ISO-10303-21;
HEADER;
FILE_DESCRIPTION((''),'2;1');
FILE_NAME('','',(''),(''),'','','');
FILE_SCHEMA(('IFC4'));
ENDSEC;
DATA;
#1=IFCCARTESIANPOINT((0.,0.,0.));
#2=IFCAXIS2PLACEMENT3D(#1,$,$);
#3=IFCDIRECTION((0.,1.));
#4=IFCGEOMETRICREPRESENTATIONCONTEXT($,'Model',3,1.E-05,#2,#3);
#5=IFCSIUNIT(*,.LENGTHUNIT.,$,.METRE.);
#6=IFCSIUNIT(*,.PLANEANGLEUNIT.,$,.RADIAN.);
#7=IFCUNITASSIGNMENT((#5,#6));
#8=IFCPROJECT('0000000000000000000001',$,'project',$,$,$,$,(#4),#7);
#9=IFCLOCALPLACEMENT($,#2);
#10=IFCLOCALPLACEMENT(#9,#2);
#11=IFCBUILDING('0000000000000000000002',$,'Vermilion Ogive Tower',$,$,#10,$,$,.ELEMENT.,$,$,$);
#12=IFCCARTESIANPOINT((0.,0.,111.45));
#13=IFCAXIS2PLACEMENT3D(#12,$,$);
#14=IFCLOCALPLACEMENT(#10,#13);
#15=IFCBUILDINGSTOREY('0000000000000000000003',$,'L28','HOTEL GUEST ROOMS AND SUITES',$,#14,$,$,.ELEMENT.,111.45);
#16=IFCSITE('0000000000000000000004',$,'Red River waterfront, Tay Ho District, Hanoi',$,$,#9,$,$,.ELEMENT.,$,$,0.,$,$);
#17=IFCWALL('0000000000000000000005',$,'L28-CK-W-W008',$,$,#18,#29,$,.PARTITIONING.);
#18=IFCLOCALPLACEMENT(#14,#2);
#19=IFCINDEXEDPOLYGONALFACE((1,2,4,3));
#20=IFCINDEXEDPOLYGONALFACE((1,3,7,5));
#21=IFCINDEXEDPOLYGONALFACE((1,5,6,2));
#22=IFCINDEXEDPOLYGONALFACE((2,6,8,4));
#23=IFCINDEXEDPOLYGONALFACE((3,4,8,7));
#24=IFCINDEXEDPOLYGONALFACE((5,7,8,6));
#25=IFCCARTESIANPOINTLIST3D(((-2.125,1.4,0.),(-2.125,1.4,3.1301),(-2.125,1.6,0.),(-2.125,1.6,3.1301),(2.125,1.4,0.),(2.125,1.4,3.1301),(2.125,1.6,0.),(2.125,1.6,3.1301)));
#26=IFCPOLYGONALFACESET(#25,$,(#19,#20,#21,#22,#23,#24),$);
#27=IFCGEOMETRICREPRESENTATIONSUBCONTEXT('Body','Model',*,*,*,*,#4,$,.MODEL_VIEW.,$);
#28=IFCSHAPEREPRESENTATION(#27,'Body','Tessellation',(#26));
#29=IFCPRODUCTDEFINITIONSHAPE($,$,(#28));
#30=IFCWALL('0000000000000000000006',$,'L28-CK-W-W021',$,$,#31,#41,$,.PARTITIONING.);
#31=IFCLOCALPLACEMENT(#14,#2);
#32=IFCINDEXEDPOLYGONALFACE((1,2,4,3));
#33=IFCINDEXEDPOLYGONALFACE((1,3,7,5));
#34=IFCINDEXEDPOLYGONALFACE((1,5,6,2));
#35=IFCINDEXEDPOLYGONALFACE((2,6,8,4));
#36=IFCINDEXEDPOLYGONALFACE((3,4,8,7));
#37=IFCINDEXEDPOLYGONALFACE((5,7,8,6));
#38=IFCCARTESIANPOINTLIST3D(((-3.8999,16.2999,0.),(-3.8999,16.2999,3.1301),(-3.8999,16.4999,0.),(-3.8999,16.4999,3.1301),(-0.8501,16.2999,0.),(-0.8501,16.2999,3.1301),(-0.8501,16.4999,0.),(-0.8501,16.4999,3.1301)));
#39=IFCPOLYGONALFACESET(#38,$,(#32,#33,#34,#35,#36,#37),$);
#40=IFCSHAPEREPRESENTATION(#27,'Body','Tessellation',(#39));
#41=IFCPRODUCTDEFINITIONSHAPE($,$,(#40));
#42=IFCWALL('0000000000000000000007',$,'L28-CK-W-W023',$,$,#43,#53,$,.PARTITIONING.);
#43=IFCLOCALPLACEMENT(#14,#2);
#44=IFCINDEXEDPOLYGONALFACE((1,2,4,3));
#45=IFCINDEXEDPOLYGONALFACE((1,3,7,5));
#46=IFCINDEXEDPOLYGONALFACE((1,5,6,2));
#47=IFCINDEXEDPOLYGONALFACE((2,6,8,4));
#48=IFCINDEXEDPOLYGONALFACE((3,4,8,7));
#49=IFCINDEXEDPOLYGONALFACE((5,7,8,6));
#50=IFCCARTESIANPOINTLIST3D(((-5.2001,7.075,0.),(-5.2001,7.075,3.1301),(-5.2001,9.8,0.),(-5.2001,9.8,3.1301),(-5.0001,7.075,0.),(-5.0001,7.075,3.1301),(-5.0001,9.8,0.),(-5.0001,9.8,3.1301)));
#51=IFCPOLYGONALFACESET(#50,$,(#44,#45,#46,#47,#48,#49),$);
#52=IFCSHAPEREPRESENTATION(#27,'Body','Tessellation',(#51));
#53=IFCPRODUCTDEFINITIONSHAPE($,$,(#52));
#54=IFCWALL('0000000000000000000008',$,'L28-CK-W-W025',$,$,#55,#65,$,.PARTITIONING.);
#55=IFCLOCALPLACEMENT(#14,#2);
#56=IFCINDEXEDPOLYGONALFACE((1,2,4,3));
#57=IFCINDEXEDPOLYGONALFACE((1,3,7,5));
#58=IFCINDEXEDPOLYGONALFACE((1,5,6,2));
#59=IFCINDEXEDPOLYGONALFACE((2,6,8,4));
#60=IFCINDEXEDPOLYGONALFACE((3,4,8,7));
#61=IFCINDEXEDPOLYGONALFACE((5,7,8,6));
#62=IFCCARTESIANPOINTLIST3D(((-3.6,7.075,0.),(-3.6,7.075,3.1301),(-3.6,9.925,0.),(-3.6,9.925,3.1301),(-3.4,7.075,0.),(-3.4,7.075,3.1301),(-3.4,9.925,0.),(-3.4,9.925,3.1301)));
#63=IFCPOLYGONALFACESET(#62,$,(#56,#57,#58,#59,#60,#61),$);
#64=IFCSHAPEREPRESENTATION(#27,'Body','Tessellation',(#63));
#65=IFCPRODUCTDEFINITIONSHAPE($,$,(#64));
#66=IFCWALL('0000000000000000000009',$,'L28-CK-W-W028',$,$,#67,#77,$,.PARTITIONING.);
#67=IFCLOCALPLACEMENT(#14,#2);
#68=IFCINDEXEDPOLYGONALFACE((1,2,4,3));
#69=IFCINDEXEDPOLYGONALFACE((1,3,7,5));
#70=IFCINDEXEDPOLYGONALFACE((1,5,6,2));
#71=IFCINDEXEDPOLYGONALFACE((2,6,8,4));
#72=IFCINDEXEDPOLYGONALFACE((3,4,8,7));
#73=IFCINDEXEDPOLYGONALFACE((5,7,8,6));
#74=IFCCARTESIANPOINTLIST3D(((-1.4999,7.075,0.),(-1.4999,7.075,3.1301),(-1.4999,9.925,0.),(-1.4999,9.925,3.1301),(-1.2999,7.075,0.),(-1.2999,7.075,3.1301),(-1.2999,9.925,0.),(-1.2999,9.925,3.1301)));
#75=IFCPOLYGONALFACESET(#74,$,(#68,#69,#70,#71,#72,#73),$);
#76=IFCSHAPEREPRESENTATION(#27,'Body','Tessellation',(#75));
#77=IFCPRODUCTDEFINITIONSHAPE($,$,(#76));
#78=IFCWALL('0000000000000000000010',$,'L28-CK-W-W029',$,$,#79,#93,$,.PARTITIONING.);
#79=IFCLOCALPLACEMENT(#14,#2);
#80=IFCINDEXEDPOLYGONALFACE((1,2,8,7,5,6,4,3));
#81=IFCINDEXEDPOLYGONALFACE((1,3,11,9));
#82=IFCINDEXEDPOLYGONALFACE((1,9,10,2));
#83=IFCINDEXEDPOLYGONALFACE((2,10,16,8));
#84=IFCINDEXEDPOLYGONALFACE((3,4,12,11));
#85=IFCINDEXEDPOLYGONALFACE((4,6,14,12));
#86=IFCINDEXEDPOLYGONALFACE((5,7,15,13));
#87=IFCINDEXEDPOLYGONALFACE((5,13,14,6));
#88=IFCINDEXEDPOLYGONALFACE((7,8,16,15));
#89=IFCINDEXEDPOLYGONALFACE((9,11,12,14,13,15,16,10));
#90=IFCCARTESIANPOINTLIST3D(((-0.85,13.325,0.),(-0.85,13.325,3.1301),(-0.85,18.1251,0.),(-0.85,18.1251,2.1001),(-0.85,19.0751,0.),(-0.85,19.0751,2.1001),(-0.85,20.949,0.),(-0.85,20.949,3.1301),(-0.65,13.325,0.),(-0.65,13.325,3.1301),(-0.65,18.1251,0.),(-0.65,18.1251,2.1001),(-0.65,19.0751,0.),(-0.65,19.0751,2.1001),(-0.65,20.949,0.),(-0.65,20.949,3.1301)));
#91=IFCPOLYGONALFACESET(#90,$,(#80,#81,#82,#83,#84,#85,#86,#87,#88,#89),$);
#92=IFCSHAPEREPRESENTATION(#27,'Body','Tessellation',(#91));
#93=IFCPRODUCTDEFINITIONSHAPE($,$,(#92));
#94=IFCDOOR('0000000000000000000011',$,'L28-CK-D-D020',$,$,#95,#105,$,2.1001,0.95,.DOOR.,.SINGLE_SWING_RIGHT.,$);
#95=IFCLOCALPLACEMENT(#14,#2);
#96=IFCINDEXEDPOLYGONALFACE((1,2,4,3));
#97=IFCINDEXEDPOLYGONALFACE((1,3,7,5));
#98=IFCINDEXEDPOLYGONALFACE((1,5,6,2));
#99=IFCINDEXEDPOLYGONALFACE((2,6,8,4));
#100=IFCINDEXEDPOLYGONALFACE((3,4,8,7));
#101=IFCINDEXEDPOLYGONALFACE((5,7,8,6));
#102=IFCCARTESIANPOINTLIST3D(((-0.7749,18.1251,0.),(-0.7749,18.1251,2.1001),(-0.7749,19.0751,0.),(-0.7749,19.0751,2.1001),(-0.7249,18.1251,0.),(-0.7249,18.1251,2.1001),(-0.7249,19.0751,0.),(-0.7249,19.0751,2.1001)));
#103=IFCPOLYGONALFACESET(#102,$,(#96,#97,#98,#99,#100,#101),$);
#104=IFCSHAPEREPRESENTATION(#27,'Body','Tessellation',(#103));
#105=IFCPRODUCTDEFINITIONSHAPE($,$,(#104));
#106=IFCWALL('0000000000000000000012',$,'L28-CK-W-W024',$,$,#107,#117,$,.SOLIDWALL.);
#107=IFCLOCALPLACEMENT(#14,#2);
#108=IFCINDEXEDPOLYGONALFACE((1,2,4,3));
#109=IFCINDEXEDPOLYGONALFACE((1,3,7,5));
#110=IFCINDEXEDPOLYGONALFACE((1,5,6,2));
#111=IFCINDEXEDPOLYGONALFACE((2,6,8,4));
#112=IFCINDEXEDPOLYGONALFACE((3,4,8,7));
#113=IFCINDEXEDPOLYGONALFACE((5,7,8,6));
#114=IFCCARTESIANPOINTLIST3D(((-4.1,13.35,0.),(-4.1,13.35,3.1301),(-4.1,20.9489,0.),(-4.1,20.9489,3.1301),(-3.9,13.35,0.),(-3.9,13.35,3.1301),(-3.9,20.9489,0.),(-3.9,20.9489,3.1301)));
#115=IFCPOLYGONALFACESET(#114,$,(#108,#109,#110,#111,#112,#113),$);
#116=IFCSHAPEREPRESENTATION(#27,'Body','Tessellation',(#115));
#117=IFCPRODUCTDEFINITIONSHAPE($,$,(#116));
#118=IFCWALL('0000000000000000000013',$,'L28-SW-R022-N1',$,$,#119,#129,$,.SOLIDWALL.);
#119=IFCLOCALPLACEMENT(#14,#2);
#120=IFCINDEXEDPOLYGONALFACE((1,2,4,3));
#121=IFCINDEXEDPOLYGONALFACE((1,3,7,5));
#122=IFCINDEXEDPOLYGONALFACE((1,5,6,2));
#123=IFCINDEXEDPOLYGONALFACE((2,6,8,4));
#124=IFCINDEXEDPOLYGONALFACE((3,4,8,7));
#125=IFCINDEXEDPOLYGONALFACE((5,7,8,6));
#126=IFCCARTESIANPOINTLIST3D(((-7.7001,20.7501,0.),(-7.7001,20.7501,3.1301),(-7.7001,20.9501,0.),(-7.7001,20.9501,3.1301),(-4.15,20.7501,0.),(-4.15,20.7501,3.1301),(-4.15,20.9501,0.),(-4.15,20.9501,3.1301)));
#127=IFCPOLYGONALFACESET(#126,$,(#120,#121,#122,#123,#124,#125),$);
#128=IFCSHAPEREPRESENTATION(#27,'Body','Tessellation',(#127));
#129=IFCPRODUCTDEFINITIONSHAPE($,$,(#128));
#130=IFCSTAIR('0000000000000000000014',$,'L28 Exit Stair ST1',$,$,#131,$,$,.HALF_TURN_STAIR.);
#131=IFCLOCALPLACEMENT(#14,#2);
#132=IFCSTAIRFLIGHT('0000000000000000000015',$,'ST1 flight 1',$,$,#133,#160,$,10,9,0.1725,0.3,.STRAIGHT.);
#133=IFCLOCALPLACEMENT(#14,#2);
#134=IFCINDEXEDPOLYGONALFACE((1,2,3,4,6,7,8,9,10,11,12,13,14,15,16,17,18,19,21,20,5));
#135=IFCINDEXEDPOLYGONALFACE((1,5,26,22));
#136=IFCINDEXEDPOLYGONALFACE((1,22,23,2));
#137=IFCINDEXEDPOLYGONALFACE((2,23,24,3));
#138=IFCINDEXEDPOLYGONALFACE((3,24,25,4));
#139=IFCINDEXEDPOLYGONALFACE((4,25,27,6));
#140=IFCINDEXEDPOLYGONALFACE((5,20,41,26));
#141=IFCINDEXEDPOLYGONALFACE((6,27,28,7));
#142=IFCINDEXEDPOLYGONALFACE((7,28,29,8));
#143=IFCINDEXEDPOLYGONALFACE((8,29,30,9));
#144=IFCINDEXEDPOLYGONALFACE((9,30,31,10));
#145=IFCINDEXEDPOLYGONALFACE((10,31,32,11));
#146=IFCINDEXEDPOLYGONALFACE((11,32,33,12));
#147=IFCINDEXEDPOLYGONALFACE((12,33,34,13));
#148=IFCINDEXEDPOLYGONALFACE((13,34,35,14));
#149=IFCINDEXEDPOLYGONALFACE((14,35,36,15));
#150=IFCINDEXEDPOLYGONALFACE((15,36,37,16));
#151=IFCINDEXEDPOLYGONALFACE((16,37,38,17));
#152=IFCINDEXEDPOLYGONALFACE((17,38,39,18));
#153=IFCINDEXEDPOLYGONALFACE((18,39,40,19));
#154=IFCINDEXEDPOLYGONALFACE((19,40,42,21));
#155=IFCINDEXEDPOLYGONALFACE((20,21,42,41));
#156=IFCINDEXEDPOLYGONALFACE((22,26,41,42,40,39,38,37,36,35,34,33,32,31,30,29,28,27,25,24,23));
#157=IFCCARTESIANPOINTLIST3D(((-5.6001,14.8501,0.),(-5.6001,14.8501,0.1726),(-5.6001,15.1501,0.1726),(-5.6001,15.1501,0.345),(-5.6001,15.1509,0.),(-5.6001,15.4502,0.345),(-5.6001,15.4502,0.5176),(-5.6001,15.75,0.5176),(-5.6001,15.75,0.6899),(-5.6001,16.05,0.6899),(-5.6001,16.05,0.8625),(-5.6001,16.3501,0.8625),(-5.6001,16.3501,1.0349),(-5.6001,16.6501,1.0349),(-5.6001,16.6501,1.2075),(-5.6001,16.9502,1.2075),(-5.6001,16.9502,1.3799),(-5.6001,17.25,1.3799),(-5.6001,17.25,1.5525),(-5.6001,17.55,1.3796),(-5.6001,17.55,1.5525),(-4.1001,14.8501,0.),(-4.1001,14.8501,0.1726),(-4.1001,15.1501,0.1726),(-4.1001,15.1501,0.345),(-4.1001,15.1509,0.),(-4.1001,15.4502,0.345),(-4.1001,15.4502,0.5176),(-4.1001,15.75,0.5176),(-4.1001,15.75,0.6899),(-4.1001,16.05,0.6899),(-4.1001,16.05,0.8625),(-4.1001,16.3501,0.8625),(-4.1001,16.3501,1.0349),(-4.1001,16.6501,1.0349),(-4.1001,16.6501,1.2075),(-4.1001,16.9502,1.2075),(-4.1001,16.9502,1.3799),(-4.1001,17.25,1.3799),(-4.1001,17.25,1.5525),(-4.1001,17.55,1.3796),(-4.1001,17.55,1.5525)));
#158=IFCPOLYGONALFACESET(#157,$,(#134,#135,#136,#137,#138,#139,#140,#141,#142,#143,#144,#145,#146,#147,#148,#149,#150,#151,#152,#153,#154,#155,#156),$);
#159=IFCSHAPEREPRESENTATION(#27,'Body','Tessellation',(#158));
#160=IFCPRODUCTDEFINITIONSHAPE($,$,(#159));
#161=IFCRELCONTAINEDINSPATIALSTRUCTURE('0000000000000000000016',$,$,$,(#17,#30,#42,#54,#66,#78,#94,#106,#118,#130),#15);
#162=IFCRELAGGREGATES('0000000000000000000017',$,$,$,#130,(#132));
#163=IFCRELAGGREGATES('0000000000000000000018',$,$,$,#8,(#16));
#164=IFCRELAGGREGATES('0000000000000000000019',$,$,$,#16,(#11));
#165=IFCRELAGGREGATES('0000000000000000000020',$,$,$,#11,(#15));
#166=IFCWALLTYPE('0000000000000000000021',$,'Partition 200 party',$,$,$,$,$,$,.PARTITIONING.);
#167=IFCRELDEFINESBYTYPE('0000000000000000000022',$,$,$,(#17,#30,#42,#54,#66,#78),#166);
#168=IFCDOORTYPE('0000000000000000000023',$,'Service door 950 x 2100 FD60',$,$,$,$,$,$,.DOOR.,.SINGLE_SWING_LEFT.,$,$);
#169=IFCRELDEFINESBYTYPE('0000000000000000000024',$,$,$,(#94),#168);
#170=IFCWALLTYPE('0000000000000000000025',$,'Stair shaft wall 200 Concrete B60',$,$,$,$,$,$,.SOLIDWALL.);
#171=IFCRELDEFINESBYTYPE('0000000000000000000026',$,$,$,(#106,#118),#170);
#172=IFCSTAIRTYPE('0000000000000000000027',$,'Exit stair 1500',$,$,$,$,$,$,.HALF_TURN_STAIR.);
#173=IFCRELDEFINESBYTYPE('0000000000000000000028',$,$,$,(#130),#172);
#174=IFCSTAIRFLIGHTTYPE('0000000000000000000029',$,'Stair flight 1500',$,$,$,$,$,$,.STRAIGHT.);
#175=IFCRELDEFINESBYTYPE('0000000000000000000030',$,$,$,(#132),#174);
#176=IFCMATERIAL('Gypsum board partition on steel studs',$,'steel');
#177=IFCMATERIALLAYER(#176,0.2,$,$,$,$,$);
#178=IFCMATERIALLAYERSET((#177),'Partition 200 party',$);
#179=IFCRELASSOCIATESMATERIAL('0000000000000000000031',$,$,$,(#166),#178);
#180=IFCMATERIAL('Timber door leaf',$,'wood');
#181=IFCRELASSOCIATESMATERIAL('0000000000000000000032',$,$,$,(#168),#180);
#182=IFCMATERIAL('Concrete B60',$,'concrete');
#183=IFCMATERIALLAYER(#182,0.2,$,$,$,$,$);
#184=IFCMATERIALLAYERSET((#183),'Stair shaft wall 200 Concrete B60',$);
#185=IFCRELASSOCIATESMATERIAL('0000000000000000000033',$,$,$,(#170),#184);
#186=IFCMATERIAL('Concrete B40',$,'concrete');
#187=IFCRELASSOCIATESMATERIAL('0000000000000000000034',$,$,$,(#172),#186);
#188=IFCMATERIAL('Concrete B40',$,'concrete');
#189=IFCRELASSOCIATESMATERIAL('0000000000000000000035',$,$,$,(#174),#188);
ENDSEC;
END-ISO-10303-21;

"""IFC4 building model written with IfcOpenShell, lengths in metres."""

from ifc_helpers import new_model, si_unit, direction, frame, frame_2d, origin, place, context, subcontext, project, spatial, polyline, rectangle, outline, extrude, material, layer, layer_set, type_object, element, fill, aggregate, save


model = new_model("IFC4")

# Units and contexts
model_context = context("Model", 3, precision=1e-05, world=origin(), true_north=direction((0.0, 1.0)))
body_context = subcontext(model_context, "Body", "Model", "MODEL_VIEW")
ifc_project = project(units=[si_unit("LENGTHUNIT", "METRE"), si_unit("PLANEANGLEUNIT", "RADIAN")], contexts=[model_context])

# Site, building, storey
site_placement = place(None, origin())
site = spatial("IfcSite", under=ifc_project, at=site_placement, Name="Red River waterfront, Tay Ho District, Hanoi", CompositionType="ELEMENT", RefElevation=0.0)
building_placement = place(site_placement, origin())
building = spatial("IfcBuilding", under=site, at=building_placement, Name="Vermilion Ogive Tower", CompositionType="ELEMENT")
storey_placement = place(building_placement, frame((0.0, 0.0, 111.45)))
storey = spatial("IfcBuildingStorey", under=building, at=storey_placement, Name="L28", Description="HOTEL GUEST ROOMS AND SUITES", CompositionType="ELEMENT", Elevation=111.45)

# Walls
ifc_material_1 = material(Name="Gypsum board partition on steel studs", Category="steel")
ifc_layer_1 = layer(ifc_material_1, 0.2)
ifc_layer_set_1 = layer_set([ifc_layer_1], Name="Partition 200 party")
wall_type_1 = type_object("IfcWallType", Name="Partition 200 party", PredefinedType="PARTITIONING", material=ifc_layer_set_1)
wall_1_placement = place(storey_placement, frame((-2.125, 1.5, 0.0), z_axis=(0.0, 0.0, 1.0), x_axis=(1.0, 0.0, 0.0)))
element("IfcWall", 1, at=wall_1_placement, inside=storey, type_object=wall_type_1, Name="L28-CK-W-W008", PredefinedType="PARTITIONING", context=body_context, shape_type="SweptSolid", body=[
    extrude(rectangle(XDim=4.25, YDim=0.2, at=frame_2d((2.125, 0.0))), origin(), (0.0, 0.0, 1.0), 3.1301),
])
wall_2_placement = place(storey_placement, frame((-3.8999, 16.3999, 0.0), z_axis=(0.0, 0.0, 1.0), x_axis=(1.0, 0.0, 0.0)))
element("IfcWall", 2, at=wall_2_placement, inside=storey, type_object=wall_type_1, Name="L28-CK-W-W021", PredefinedType="PARTITIONING", context=body_context, shape_type="SweptSolid", body=[
    extrude(rectangle(XDim=3.0498, YDim=0.2, at=frame_2d((1.5249, 0.0))), origin(), (0.0, 0.0, 1.0), 3.1301),
])
wall_3_placement = place(storey_placement, frame((-5.1001, 7.075, 0.0), z_axis=(0.0, 0.0, 1.0), x_axis=(0.0, 1.0, 0.0)))
element("IfcWall", 3, at=wall_3_placement, inside=storey, type_object=wall_type_1, Name="L28-CK-W-W023", PredefinedType="PARTITIONING", context=body_context, shape_type="SweptSolid", body=[
    extrude(rectangle(XDim=2.7251, YDim=0.2, at=frame_2d((1.3625, 0.0))), origin(), (0.0, 0.0, 1.0), 3.1301),
])
for number, where, z_axis, x_axis, name in (
    (4, (-3.5, 7.075, 0.0), (0.0, 0.0, 1.0), (0.0, 1.0, 0.0), "L28-CK-W-W025"),
    (5, (-1.3999, 7.075, 0.0), (0.0, 0.0, 1.0), (0.0, 1.0, 0.0), "L28-CK-W-W028"),
):
    element("IfcWall", number, at=place(storey_placement, frame(where, z_axis=z_axis, x_axis=x_axis)), inside=storey, type_object=wall_type_1, Name=name, PredefinedType="PARTITIONING", context=body_context, shape_type="SweptSolid", body=[
        extrude(rectangle(XDim=2.8501, YDim=0.2, at=frame_2d((1.425, 0.0))), origin(), (0.0, 0.0, 1.0), 3.1301),
    ])

# Wall, opening, door
wall_4_placement = place(storey_placement, frame((-0.75, 13.325, 0.0), z_axis=(0.0, 0.0, 1.0), x_axis=(0.0, 1.0, 0.0)))
wall_4 = element("IfcWall", 6, at=wall_4_placement, inside=storey, type_object=wall_type_1, Name="L28-CK-W-W029", PredefinedType="PARTITIONING", context=body_context, shape_type="SweptSolid", body=[
    extrude(rectangle(XDim=7.624, YDim=0.2, at=frame_2d((3.812, 0.0))), origin(), (0.0, 0.0, 1.0), 3.1301),
])
opening_1_placement = place(wall_4_placement, frame((4.8, 0.0, 0.0)))
opening_1 = element("IfcOpeningElement", 7, at=opening_1_placement, cuts=wall_4, PredefinedType="OPENING", context=body_context, shape_type="SweptSolid", body=[
    extrude(rectangle(XDim=0.95, YDim=2.1001, at=frame_2d((0.4751, 1.05))), frame((0.0, 0.1099, 0.0), z_axis=(0.0, -1.0, 0.0), x_axis=(1.0, 0.0, 0.0)), (0.0, 0.0, 1.0), 0.22),
])
ifc_material_2 = material(Name="Timber door leaf", Category="wood")
door_type_1 = type_object("IfcDoorType", Name="Service door 950 x 2100 FD60", OperationType="SINGLE_SWING_LEFT", PredefinedType="DOOR", material=ifc_material_2)
door_1_placement = place(opening_1_placement, origin())
door_1 = element("IfcDoor", 8, at=door_1_placement, inside=storey, type_object=door_type_1, Name="L28-CK-D-D020", OperationType="SINGLE_SWING_RIGHT", OverallHeight=2.1001, OverallWidth=0.95, PredefinedType="DOOR", context=body_context, shape_type="SweptSolid", body=[
    extrude(rectangle(XDim=0.95, YDim=2.1001, at=frame_2d((0.4751, 1.05))), frame((0.0, 0.0249, 0.0), z_axis=(0.0, -1.0, 0.0), x_axis=(1.0, 0.0, 0.0)), (0.0, 0.0, 1.0), 0.05),
])
fill(opening_1, door_1)

# Walls
ifc_material_3 = material(Name="Concrete B60", Category="concrete")
ifc_layer_2 = layer(ifc_material_3, 0.2)
ifc_layer_set_2 = layer_set([ifc_layer_2], Name="Stair shaft wall 200 Concrete B60")
wall_type_2 = type_object("IfcWallType", Name="Stair shaft wall 200 Concrete B60", PredefinedType="SOLIDWALL", material=ifc_layer_set_2)
wall_5_placement = place(storey_placement, frame((-4.0, 13.3501, 0.0), z_axis=(0.0, 0.0, 1.0), x_axis=(0.0, 1.0, 0.0)))
element("IfcWall", 9, at=wall_5_placement, inside=storey, type_object=wall_type_2, Name="L28-CK-W-W024", PredefinedType="SOLIDWALL", context=body_context, shape_type="SweptSolid", body=[
    extrude(rectangle(XDim=7.5989, YDim=0.2, at=frame_2d((3.7993, 0.0))), origin(), (0.0, 0.0, 1.0), 3.1301),
])
wall_6_placement = place(storey_placement, frame((-7.7, 20.8501, 0.0), z_axis=(0.0, 0.0, 1.0), x_axis=(1.0, 0.0, 0.0)))
element("IfcWall", 10, at=wall_6_placement, inside=storey, type_object=wall_type_2, Name="L28-SW-R022-N1", PredefinedType="SOLIDWALL", context=body_context, shape_type="SweptSolid", body=[
    extrude(rectangle(XDim=3.55, YDim=0.2, at=frame_2d((1.7749, 0.0))), origin(), (0.0, 0.0, 1.0), 3.1301),
])

# Stair, stair flight
ifc_material_4 = material(Name="Concrete B40", Category="concrete")
stair_type = type_object("IfcStairType", Name="Exit stair 1500", PredefinedType="HALF_TURN_STAIR", material=ifc_material_4)
stair_placement = place(storey_placement, origin())
stair = element("IfcStair", 11, at=stair_placement, inside=storey, type_object=stair_type, Name="L28 Exit Stair ST1", PredefinedType="HALF_TURN_STAIR")
ifc_material_5 = material(Name="Concrete B40", Category="concrete")
stair_flight_type = type_object("IfcStairFlightType", Name="Stair flight 1500", PredefinedType="STRAIGHT", material=ifc_material_5)
stair_flight_1_placement = place(storey_placement, frame((-4.8501, 14.8501, 0.0), z_axis=(0.0, 0.0, 1.0), x_axis=(0.0, 1.0, 0.0)))
stair_flight_1 = element("IfcStairFlight", 12, at=stair_flight_1_placement, type_object=stair_flight_type, Name="ST1 flight 1", NumberOfRisers=10, NumberOfTreads=9, PredefinedType="STRAIGHT", RiserHeight=0.1725, TreadLength=0.3, context=body_context, shape_type="SweptSolid", body=[
    extrude(outline(polyline([(0.0, 0.0), (0.0, 0.1726), (0.3, 0.1726), (0.3, 0.345), (0.6001, 0.345), (0.6001, 0.5176), (0.8999, 0.5176), (0.8999, 0.6899), (1.2, 0.6899), (1.2, 0.8625), (1.5, 0.8625), (1.5, 1.0349), (1.8, 1.0349), (1.8, 1.2075), (2.1001, 1.2075), (2.1001, 1.3799), (2.3999, 1.3799), (2.3999, 1.5525), (2.7, 1.5525), (2.7, 1.7251), (2.7, 1.3796), (0.3008, 0.0), (0.0, 0.0)])), frame((0.0, 0.75, 0.0), z_axis=(0.0, -1.0, 0.0), x_axis=(1.0, 0.0, 0.0)), (0.0, 0.0, 1.0), 1.5),
])
aggregate(stair, [stair_flight_1])

save(model, "model.ifc")
